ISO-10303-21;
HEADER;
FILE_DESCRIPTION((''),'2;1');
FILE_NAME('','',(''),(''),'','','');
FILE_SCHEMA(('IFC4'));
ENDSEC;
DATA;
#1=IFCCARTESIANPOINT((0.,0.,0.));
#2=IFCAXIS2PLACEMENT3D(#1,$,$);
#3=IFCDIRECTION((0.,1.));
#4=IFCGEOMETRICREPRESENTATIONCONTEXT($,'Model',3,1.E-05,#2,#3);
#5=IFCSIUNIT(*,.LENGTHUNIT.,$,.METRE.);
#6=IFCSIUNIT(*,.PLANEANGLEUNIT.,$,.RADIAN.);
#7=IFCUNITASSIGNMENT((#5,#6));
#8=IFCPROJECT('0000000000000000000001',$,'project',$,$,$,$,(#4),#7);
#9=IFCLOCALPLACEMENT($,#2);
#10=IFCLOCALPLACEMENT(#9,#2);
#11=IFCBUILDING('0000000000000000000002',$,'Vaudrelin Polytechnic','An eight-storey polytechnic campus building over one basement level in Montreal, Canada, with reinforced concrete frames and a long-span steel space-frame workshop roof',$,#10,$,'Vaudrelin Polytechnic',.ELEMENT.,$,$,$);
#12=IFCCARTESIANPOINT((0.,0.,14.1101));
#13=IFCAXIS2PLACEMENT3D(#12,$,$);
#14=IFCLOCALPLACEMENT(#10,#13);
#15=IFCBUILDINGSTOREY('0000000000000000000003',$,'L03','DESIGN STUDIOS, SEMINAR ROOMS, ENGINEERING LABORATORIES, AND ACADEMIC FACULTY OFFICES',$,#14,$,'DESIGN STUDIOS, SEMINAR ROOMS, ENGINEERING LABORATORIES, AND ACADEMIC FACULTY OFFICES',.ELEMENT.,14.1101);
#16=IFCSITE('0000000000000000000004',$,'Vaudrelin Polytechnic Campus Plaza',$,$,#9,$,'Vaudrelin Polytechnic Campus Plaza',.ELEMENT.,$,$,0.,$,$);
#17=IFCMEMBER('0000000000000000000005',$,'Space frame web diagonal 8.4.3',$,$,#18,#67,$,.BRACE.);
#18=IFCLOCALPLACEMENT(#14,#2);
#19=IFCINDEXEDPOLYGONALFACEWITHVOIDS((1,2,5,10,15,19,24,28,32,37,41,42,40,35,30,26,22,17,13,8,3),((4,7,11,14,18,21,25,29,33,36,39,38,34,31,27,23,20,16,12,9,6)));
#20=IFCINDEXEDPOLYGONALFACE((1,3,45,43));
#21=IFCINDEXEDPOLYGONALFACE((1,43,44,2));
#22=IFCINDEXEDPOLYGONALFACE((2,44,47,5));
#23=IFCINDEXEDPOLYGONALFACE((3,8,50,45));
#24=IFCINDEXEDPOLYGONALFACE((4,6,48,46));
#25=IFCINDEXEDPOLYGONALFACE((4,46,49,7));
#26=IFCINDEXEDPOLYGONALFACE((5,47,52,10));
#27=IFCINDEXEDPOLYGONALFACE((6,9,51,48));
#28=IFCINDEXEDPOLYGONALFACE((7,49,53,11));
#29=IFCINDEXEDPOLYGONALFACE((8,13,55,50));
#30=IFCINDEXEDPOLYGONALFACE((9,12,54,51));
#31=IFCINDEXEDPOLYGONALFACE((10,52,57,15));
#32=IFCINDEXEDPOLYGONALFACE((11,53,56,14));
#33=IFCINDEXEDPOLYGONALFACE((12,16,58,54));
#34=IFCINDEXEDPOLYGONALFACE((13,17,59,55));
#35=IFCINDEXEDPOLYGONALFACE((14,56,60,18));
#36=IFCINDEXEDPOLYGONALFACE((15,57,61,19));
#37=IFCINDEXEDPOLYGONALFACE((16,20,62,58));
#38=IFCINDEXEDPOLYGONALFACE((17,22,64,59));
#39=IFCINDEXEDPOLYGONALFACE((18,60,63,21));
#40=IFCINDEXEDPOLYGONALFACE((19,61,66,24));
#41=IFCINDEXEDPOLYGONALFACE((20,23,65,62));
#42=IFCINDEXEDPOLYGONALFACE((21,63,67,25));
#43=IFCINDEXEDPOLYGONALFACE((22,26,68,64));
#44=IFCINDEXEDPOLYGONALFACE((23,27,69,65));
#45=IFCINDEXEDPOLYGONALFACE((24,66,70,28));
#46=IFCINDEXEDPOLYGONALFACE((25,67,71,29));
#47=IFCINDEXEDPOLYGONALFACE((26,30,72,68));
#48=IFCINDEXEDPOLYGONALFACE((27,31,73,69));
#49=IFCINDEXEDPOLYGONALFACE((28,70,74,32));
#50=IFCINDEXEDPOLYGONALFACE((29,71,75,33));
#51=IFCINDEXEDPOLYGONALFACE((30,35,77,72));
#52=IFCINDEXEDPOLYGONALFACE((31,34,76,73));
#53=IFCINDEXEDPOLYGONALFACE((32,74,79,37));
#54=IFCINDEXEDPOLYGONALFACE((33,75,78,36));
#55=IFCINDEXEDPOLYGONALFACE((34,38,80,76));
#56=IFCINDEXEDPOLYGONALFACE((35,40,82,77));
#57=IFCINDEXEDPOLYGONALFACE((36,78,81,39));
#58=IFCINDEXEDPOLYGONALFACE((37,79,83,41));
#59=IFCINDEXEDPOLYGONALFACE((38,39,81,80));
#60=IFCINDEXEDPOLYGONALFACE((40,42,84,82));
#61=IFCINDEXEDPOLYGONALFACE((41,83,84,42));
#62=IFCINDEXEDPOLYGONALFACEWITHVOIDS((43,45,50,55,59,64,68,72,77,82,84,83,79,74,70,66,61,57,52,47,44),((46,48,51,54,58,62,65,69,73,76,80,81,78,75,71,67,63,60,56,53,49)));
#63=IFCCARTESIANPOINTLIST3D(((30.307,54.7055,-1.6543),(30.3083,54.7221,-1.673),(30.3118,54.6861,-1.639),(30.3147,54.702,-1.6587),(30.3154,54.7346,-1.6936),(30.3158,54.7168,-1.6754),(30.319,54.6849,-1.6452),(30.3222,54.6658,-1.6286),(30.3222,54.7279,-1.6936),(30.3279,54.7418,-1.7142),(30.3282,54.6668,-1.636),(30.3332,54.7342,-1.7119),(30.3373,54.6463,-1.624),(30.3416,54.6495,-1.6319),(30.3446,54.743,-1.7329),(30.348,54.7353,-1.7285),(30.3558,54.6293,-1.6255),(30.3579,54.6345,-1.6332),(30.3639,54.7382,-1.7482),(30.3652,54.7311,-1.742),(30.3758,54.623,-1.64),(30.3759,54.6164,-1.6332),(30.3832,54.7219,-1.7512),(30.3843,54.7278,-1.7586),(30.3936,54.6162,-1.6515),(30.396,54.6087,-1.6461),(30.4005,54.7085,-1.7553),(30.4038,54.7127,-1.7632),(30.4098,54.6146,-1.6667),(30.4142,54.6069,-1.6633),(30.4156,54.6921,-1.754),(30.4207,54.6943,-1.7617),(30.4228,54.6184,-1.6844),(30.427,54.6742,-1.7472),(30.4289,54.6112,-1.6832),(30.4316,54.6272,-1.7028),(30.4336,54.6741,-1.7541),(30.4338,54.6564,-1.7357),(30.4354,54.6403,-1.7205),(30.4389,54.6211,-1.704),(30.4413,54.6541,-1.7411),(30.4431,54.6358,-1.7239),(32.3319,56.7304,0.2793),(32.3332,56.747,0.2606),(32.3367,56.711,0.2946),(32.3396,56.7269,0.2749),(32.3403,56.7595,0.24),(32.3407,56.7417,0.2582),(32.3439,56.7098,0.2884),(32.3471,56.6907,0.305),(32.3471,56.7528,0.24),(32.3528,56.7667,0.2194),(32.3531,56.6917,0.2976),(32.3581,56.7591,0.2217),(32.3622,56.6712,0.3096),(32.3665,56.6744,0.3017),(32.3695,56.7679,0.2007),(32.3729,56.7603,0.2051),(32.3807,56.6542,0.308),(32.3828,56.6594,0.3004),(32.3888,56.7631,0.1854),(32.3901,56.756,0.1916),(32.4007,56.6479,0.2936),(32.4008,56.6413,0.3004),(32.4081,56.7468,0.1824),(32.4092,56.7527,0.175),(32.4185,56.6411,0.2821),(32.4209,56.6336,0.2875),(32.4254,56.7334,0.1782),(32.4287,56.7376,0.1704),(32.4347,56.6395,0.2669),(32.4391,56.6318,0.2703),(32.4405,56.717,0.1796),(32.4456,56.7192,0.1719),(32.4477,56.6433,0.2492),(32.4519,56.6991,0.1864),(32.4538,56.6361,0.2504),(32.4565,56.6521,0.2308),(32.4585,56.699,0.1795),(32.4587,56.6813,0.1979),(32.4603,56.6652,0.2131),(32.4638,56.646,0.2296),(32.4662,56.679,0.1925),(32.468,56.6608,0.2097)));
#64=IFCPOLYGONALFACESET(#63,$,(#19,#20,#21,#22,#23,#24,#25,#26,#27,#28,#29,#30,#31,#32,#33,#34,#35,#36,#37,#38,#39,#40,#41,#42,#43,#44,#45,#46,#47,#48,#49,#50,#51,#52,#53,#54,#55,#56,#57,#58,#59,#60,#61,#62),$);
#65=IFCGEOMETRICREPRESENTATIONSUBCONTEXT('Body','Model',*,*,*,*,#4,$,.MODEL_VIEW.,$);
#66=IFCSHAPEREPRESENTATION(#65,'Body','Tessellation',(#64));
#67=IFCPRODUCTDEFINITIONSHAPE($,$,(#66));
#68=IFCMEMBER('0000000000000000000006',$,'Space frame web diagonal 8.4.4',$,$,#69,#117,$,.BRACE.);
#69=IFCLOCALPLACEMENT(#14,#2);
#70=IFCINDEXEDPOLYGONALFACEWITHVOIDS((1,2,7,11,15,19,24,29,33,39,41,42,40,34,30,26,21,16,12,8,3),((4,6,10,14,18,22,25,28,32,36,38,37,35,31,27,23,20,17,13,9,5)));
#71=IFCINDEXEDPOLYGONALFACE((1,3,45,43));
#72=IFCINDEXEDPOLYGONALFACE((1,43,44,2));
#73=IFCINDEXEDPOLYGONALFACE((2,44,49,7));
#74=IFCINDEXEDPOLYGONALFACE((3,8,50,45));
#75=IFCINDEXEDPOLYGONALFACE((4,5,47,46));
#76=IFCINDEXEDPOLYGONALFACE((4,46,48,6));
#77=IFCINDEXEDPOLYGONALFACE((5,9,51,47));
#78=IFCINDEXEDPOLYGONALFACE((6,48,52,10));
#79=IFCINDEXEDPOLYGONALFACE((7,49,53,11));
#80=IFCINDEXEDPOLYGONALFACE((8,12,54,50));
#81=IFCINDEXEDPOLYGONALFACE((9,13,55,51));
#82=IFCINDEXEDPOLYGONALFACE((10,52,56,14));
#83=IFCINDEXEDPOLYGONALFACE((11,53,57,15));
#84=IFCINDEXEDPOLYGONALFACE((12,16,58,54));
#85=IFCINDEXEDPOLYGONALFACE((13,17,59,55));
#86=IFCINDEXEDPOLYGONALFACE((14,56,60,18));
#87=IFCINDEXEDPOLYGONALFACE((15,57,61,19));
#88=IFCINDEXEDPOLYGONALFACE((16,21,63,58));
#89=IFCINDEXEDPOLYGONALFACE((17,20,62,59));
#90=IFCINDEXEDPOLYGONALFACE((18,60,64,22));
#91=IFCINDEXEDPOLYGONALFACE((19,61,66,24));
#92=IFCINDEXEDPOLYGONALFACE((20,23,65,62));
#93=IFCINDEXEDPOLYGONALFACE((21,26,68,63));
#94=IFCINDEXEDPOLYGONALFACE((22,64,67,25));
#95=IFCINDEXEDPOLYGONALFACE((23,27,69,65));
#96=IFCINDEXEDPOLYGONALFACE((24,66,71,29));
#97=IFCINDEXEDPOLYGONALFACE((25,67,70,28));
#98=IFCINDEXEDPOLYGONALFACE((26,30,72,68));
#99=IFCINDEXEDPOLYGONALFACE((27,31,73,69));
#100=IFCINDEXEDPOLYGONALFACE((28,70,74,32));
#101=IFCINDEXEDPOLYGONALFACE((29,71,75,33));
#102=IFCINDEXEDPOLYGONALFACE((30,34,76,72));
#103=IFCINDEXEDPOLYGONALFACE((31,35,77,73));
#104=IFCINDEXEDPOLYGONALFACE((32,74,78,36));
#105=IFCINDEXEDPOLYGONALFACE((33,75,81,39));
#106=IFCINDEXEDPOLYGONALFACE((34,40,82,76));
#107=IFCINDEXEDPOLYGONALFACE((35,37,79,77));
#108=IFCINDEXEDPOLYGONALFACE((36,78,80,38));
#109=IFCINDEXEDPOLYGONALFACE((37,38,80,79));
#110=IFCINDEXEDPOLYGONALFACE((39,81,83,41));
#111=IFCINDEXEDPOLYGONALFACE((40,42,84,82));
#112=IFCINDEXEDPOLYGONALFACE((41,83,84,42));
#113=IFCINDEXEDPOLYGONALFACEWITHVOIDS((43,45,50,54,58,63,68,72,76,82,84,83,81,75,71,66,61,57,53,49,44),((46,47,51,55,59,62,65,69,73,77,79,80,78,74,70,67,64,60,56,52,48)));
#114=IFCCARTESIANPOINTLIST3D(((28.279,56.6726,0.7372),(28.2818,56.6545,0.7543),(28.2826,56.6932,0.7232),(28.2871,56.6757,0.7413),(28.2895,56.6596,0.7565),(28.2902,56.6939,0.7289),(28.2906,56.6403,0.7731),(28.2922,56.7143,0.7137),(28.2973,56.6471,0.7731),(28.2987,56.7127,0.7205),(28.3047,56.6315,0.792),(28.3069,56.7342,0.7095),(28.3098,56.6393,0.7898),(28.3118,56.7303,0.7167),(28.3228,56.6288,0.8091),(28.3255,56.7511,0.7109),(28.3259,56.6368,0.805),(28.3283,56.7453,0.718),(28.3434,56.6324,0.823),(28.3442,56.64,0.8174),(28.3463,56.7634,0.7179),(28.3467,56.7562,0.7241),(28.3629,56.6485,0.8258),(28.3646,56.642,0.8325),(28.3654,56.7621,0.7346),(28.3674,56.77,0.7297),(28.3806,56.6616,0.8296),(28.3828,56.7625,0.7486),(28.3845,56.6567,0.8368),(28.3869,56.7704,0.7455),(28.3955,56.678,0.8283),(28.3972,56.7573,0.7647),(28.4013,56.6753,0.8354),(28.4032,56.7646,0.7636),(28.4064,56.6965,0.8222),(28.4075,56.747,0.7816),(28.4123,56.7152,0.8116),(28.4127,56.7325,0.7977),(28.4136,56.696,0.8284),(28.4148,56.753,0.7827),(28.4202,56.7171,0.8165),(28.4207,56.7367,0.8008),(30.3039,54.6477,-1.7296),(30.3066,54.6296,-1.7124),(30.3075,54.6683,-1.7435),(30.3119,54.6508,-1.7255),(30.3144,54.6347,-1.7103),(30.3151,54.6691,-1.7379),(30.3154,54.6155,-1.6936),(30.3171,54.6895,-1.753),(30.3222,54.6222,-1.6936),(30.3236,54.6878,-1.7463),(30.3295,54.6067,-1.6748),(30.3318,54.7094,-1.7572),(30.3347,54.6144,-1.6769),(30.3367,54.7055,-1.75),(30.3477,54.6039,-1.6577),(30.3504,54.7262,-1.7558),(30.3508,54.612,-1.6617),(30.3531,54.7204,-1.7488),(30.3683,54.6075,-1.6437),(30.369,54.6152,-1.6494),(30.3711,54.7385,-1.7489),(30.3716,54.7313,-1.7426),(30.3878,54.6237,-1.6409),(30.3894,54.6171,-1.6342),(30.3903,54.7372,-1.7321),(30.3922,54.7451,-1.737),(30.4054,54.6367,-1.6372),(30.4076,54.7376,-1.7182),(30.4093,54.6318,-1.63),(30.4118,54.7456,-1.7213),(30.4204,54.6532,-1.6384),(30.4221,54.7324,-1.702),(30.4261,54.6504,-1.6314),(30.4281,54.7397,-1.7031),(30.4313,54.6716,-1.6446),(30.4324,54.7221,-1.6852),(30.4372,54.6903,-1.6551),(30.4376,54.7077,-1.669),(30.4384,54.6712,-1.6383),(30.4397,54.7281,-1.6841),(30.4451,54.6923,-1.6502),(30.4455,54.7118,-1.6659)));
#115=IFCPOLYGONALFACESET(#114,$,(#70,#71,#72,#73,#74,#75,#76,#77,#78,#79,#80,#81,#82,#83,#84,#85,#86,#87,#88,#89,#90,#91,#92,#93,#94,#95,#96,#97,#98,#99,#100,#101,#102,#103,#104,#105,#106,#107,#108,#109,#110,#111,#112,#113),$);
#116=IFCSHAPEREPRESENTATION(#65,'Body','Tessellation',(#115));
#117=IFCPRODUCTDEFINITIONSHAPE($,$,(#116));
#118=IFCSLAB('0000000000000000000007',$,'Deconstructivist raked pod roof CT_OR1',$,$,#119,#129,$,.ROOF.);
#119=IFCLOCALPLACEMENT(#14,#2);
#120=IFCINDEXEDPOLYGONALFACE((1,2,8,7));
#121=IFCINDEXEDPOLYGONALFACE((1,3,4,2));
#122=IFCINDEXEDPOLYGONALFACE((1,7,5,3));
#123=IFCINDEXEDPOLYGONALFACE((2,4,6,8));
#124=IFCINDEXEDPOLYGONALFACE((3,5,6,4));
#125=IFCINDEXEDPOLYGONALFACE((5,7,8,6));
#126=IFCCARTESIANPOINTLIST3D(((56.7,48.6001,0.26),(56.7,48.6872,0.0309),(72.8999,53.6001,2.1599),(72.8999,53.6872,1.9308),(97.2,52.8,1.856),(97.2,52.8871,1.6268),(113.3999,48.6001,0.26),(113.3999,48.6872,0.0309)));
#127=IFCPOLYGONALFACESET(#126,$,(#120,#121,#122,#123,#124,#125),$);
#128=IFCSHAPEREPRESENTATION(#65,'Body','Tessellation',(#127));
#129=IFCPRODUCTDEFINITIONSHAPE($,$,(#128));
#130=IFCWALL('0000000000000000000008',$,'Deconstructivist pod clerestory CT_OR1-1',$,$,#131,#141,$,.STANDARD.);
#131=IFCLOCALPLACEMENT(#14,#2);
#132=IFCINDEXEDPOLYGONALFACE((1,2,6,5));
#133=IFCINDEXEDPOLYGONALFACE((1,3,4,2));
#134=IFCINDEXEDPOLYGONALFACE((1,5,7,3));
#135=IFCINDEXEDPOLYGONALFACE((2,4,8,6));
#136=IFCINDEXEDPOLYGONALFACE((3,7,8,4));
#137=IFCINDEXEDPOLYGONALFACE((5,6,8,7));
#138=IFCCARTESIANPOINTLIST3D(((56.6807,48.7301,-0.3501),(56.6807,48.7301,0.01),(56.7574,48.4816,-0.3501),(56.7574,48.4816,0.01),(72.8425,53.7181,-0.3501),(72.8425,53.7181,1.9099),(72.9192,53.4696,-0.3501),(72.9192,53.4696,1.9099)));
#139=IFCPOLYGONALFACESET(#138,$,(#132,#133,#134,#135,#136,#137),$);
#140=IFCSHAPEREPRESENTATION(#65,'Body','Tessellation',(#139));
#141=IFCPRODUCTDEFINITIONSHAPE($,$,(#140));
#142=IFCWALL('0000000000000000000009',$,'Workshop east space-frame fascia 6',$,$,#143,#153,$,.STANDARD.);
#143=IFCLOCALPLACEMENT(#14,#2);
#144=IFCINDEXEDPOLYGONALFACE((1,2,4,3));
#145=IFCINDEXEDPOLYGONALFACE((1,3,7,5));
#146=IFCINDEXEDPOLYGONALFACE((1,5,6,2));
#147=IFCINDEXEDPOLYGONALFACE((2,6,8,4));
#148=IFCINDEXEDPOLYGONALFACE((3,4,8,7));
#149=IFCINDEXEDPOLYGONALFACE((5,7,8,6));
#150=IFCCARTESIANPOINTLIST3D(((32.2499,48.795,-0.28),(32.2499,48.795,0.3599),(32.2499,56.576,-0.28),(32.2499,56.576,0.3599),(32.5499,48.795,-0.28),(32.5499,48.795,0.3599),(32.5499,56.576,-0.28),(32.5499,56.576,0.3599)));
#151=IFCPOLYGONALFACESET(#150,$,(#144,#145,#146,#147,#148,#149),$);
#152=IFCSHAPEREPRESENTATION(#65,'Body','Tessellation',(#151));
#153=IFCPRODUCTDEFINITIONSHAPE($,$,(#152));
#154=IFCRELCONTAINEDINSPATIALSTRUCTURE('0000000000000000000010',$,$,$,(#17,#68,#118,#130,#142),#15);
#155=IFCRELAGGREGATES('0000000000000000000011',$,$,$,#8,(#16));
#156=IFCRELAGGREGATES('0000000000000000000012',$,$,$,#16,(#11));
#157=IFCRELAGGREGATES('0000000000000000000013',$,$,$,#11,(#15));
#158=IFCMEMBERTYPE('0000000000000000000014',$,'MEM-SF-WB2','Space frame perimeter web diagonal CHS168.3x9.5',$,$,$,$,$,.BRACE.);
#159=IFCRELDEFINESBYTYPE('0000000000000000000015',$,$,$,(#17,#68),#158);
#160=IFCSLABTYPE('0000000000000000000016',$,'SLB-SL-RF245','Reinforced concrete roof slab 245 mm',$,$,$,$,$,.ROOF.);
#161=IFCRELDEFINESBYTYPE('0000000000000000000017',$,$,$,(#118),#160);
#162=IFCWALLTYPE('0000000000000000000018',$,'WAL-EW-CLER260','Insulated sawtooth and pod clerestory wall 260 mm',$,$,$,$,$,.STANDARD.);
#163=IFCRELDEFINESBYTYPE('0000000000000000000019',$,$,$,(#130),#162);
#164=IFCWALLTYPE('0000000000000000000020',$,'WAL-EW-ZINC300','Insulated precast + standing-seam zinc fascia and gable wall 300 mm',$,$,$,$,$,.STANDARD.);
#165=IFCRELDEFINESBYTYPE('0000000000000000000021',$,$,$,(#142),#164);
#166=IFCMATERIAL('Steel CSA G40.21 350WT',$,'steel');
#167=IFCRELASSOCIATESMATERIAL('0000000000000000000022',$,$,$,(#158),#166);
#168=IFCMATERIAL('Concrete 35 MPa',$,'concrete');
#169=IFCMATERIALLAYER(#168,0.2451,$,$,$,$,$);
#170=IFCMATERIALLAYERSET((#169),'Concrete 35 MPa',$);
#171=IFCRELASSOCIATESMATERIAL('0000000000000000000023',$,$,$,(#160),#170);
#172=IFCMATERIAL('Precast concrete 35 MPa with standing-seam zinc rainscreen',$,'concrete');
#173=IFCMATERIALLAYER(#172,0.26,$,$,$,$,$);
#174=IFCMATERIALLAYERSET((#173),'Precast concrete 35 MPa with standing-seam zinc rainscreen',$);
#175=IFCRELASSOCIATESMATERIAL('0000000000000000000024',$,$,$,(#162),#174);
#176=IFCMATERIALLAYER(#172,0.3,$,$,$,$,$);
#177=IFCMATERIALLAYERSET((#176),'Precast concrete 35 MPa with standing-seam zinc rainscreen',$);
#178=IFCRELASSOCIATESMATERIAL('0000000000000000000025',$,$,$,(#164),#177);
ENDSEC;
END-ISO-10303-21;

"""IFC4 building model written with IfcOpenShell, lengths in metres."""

from ifc_helpers import new_model, si_unit, direction, frame, frame_2d, origin, origin_2d, place, context, subcontext, project, spatial, polyline, rectangle, hollow_circle, outline, extrude, material, layer, layer_set, material_profile, profile_set, type_object, element, save


model = new_model("IFC4")

# Units and contexts
model_context = context("Model", 3, precision=1e-05, world=origin(), true_north=direction((0.0, 1.0)))
body_context = subcontext(model_context, "Body", "Model", "MODEL_VIEW")
ifc_project = project(units=[si_unit("LENGTHUNIT", "METRE"), si_unit("PLANEANGLEUNIT", "RADIAN")], contexts=[model_context])

# Site, building, storey
site_placement = place(None, origin())
site = spatial("IfcSite", under=ifc_project, at=site_placement, Name="Vaudrelin Polytechnic Campus Plaza", LongName="Vaudrelin Polytechnic Campus Plaza", CompositionType="ELEMENT", RefElevation=0.0)
building_placement = place(site_placement, origin())
building = spatial("IfcBuilding", under=site, at=building_placement, Name="Vaudrelin Polytechnic", Description="An eight-storey polytechnic campus building over one basement level in Montreal, Canada, with reinforced concrete frames and a long-span steel space-frame workshop roof", LongName="Vaudrelin Polytechnic", CompositionType="ELEMENT")
storey_placement = place(building_placement, frame((0.0, 0.0, 14.1101)))
storey = spatial("IfcBuildingStorey", under=building, at=storey_placement, Name="L03", Description="DESIGN STUDIOS, SEMINAR ROOMS, ENGINEERING LABORATORIES, AND ACADEMIC FACULTY OFFICES", LongName="DESIGN STUDIOS, SEMINAR ROOMS, ENGINEERING LABORATORIES, AND ACADEMIC FACULTY OFFICES", CompositionType="ELEMENT", Elevation=14.1101)

# Members
ifc_material_1 = material(Name="Steel CSA G40.21 350WT", Category="steel")
ifc_material_profile_1 = material_profile(ifc_material_1, hollow_circle(Radius=0.0842, WallThickness=0.0095, at=origin_2d()), Name="CHS168.3x9.5")
ifc_profile_set_1 = profile_set([ifc_material_profile_1], Name="Steel CSA G40.21 350WT")
member_type_1 = type_object("IfcMemberType", Name="MEM-SF-WB2", Description="Space frame perimeter web diagonal CHS168.3x9.5", PredefinedType="BRACE", material=ifc_profile_set_1)
member_1_placement = place(storey_placement, frame((30.375, 54.675, -1.6936), z_axis=(0.586024, 0.586024, 0.559599), x_axis=(-0.707107, 0.707107, 0.0)))
element("IfcMember", 1, at=member_1_placement, inside=storey, type_object=member_type_1, Name="Space frame web diagonal 8.4.3", PredefinedType="BRACE", context=body_context, shape_type="SweptSolid", body=[
    extrude(hollow_circle(Radius=0.0842, WallThickness=0.0095, at=origin_2d()), origin(), (0.0, 0.0, 1.0), 3.4553),
])
member_2_placement = place(storey_placement, frame((30.375, 54.675, -1.6936), z_axis=(-0.535742, 0.535742, 0.652657), x_axis=(-0.707107, -0.707107, 0.0)))
element("IfcMember", 2, at=member_2_placement, inside=storey, type_object=member_type_1, Name="Space frame web diagonal 8.4.4", PredefinedType="BRACE", context=body_context, shape_type="SweptSolid", body=[
    extrude(hollow_circle(Radius=0.0842, WallThickness=0.0095, at=origin_2d()), origin(), (0.0, 0.0, 1.0), 3.7795),
])

# Slab
ifc_material_2 = material(Name="Concrete 35 MPa", Category="concrete")
ifc_layer_1 = layer(ifc_material_2, 0.2451)
ifc_layer_set_1 = layer_set([ifc_layer_1], Name="Concrete 35 MPa")
slab_type = type_object("IfcSlabType", Name="SLB-SL-RF245", Description="Reinforced concrete roof slab 245 mm", PredefinedType="ROOF", material=ifc_layer_set_1)
slab_placement = place(storey_placement, frame((56.7, 48.6001, 0.26), z_axis=(-0.000001, -0.355206, 0.934788), x_axis=(0.94958, 0.29308, 0.111367)))
element("IfcSlab", 3, at=slab_placement, inside=storey, type_object=slab_type, Name="Deconstructivist raked pod roof CT_OR1", PredefinedType="ROOF", context=body_context, shape_type="SweptSolid", body=[
    extrude(outline(polyline([(0.0, 0.0), (17.0601, 0.0), (39.8666, -8.4314), (53.8411, -17.7769), (0.0, 0.0)])), origin(), (0.0, 0.0, -1.0), 0.2451),
])

# Walls
ifc_material_3 = material(Name="Precast concrete 35 MPa with standing-seam zinc rainscreen", Category="concrete")
ifc_layer_2 = layer(ifc_material_3, 0.26)
ifc_layer_set_2 = layer_set([ifc_layer_2], Name="Precast concrete 35 MPa with standing-seam zinc rainscreen")
wall_type_1 = type_object("IfcWallType", Name="WAL-EW-CLER260", Description="Insulated sawtooth and pod clerestory wall 260 mm", PredefinedType="STANDARD", material=ifc_layer_set_2)
wall_1_placement = place(storey_placement, frame((56.719, 48.606, -0.3501), z_axis=(0.0, 0.0, 1.0), x_axis=(0.955527, 0.294904, 0.0)))
element("IfcWall", 4, at=wall_1_placement, inside=storey, type_object=wall_type_1, Name="Deconstructivist pod clerestory CT_OR1-1", PredefinedType="STANDARD", context=body_context, shape_type="SweptSolid", body=[
    extrude(outline(polyline([(0.0, 0.0), (16.9141, 0.0), (16.9141, 2.26), (0.0, 0.3601), (0.0, 0.0)])), frame((0.0, 0.1299, 0.0), z_axis=(0.0, -1.0, 0.0), x_axis=(1.0, 0.0, 0.0)), (0.0, 0.0, 1.0), 0.26),
])
ifc_layer_3 = layer(ifc_material_3, 0.3)
ifc_layer_set_3 = layer_set([ifc_layer_3], Name="Precast concrete 35 MPa with standing-seam zinc rainscreen")
wall_type_2 = type_object("IfcWallType", Name="WAL-EW-ZINC300", Description="Insulated precast + standing-seam zinc fascia and gable wall 300 mm", PredefinedType="STANDARD", material=ifc_layer_set_3)
wall_2_placement = place(storey_placement, frame((32.3999, 48.7949, -0.28), z_axis=(0.0, 0.0, 1.0), x_axis=(0.0, 1.0, 0.0)))
element("IfcWall", 5, at=wall_2_placement, inside=storey, type_object=wall_type_2, Name="Workshop east space-frame fascia 6", PredefinedType="STANDARD", context=body_context, shape_type="SweptSolid", body=[
    extrude(rectangle(XDim=7.781, YDim=0.3, at=frame_2d((3.8906, 0.0))), origin(), (0.0, 0.0, 1.0), 0.6399),
])

save(model, "model.ifc")
